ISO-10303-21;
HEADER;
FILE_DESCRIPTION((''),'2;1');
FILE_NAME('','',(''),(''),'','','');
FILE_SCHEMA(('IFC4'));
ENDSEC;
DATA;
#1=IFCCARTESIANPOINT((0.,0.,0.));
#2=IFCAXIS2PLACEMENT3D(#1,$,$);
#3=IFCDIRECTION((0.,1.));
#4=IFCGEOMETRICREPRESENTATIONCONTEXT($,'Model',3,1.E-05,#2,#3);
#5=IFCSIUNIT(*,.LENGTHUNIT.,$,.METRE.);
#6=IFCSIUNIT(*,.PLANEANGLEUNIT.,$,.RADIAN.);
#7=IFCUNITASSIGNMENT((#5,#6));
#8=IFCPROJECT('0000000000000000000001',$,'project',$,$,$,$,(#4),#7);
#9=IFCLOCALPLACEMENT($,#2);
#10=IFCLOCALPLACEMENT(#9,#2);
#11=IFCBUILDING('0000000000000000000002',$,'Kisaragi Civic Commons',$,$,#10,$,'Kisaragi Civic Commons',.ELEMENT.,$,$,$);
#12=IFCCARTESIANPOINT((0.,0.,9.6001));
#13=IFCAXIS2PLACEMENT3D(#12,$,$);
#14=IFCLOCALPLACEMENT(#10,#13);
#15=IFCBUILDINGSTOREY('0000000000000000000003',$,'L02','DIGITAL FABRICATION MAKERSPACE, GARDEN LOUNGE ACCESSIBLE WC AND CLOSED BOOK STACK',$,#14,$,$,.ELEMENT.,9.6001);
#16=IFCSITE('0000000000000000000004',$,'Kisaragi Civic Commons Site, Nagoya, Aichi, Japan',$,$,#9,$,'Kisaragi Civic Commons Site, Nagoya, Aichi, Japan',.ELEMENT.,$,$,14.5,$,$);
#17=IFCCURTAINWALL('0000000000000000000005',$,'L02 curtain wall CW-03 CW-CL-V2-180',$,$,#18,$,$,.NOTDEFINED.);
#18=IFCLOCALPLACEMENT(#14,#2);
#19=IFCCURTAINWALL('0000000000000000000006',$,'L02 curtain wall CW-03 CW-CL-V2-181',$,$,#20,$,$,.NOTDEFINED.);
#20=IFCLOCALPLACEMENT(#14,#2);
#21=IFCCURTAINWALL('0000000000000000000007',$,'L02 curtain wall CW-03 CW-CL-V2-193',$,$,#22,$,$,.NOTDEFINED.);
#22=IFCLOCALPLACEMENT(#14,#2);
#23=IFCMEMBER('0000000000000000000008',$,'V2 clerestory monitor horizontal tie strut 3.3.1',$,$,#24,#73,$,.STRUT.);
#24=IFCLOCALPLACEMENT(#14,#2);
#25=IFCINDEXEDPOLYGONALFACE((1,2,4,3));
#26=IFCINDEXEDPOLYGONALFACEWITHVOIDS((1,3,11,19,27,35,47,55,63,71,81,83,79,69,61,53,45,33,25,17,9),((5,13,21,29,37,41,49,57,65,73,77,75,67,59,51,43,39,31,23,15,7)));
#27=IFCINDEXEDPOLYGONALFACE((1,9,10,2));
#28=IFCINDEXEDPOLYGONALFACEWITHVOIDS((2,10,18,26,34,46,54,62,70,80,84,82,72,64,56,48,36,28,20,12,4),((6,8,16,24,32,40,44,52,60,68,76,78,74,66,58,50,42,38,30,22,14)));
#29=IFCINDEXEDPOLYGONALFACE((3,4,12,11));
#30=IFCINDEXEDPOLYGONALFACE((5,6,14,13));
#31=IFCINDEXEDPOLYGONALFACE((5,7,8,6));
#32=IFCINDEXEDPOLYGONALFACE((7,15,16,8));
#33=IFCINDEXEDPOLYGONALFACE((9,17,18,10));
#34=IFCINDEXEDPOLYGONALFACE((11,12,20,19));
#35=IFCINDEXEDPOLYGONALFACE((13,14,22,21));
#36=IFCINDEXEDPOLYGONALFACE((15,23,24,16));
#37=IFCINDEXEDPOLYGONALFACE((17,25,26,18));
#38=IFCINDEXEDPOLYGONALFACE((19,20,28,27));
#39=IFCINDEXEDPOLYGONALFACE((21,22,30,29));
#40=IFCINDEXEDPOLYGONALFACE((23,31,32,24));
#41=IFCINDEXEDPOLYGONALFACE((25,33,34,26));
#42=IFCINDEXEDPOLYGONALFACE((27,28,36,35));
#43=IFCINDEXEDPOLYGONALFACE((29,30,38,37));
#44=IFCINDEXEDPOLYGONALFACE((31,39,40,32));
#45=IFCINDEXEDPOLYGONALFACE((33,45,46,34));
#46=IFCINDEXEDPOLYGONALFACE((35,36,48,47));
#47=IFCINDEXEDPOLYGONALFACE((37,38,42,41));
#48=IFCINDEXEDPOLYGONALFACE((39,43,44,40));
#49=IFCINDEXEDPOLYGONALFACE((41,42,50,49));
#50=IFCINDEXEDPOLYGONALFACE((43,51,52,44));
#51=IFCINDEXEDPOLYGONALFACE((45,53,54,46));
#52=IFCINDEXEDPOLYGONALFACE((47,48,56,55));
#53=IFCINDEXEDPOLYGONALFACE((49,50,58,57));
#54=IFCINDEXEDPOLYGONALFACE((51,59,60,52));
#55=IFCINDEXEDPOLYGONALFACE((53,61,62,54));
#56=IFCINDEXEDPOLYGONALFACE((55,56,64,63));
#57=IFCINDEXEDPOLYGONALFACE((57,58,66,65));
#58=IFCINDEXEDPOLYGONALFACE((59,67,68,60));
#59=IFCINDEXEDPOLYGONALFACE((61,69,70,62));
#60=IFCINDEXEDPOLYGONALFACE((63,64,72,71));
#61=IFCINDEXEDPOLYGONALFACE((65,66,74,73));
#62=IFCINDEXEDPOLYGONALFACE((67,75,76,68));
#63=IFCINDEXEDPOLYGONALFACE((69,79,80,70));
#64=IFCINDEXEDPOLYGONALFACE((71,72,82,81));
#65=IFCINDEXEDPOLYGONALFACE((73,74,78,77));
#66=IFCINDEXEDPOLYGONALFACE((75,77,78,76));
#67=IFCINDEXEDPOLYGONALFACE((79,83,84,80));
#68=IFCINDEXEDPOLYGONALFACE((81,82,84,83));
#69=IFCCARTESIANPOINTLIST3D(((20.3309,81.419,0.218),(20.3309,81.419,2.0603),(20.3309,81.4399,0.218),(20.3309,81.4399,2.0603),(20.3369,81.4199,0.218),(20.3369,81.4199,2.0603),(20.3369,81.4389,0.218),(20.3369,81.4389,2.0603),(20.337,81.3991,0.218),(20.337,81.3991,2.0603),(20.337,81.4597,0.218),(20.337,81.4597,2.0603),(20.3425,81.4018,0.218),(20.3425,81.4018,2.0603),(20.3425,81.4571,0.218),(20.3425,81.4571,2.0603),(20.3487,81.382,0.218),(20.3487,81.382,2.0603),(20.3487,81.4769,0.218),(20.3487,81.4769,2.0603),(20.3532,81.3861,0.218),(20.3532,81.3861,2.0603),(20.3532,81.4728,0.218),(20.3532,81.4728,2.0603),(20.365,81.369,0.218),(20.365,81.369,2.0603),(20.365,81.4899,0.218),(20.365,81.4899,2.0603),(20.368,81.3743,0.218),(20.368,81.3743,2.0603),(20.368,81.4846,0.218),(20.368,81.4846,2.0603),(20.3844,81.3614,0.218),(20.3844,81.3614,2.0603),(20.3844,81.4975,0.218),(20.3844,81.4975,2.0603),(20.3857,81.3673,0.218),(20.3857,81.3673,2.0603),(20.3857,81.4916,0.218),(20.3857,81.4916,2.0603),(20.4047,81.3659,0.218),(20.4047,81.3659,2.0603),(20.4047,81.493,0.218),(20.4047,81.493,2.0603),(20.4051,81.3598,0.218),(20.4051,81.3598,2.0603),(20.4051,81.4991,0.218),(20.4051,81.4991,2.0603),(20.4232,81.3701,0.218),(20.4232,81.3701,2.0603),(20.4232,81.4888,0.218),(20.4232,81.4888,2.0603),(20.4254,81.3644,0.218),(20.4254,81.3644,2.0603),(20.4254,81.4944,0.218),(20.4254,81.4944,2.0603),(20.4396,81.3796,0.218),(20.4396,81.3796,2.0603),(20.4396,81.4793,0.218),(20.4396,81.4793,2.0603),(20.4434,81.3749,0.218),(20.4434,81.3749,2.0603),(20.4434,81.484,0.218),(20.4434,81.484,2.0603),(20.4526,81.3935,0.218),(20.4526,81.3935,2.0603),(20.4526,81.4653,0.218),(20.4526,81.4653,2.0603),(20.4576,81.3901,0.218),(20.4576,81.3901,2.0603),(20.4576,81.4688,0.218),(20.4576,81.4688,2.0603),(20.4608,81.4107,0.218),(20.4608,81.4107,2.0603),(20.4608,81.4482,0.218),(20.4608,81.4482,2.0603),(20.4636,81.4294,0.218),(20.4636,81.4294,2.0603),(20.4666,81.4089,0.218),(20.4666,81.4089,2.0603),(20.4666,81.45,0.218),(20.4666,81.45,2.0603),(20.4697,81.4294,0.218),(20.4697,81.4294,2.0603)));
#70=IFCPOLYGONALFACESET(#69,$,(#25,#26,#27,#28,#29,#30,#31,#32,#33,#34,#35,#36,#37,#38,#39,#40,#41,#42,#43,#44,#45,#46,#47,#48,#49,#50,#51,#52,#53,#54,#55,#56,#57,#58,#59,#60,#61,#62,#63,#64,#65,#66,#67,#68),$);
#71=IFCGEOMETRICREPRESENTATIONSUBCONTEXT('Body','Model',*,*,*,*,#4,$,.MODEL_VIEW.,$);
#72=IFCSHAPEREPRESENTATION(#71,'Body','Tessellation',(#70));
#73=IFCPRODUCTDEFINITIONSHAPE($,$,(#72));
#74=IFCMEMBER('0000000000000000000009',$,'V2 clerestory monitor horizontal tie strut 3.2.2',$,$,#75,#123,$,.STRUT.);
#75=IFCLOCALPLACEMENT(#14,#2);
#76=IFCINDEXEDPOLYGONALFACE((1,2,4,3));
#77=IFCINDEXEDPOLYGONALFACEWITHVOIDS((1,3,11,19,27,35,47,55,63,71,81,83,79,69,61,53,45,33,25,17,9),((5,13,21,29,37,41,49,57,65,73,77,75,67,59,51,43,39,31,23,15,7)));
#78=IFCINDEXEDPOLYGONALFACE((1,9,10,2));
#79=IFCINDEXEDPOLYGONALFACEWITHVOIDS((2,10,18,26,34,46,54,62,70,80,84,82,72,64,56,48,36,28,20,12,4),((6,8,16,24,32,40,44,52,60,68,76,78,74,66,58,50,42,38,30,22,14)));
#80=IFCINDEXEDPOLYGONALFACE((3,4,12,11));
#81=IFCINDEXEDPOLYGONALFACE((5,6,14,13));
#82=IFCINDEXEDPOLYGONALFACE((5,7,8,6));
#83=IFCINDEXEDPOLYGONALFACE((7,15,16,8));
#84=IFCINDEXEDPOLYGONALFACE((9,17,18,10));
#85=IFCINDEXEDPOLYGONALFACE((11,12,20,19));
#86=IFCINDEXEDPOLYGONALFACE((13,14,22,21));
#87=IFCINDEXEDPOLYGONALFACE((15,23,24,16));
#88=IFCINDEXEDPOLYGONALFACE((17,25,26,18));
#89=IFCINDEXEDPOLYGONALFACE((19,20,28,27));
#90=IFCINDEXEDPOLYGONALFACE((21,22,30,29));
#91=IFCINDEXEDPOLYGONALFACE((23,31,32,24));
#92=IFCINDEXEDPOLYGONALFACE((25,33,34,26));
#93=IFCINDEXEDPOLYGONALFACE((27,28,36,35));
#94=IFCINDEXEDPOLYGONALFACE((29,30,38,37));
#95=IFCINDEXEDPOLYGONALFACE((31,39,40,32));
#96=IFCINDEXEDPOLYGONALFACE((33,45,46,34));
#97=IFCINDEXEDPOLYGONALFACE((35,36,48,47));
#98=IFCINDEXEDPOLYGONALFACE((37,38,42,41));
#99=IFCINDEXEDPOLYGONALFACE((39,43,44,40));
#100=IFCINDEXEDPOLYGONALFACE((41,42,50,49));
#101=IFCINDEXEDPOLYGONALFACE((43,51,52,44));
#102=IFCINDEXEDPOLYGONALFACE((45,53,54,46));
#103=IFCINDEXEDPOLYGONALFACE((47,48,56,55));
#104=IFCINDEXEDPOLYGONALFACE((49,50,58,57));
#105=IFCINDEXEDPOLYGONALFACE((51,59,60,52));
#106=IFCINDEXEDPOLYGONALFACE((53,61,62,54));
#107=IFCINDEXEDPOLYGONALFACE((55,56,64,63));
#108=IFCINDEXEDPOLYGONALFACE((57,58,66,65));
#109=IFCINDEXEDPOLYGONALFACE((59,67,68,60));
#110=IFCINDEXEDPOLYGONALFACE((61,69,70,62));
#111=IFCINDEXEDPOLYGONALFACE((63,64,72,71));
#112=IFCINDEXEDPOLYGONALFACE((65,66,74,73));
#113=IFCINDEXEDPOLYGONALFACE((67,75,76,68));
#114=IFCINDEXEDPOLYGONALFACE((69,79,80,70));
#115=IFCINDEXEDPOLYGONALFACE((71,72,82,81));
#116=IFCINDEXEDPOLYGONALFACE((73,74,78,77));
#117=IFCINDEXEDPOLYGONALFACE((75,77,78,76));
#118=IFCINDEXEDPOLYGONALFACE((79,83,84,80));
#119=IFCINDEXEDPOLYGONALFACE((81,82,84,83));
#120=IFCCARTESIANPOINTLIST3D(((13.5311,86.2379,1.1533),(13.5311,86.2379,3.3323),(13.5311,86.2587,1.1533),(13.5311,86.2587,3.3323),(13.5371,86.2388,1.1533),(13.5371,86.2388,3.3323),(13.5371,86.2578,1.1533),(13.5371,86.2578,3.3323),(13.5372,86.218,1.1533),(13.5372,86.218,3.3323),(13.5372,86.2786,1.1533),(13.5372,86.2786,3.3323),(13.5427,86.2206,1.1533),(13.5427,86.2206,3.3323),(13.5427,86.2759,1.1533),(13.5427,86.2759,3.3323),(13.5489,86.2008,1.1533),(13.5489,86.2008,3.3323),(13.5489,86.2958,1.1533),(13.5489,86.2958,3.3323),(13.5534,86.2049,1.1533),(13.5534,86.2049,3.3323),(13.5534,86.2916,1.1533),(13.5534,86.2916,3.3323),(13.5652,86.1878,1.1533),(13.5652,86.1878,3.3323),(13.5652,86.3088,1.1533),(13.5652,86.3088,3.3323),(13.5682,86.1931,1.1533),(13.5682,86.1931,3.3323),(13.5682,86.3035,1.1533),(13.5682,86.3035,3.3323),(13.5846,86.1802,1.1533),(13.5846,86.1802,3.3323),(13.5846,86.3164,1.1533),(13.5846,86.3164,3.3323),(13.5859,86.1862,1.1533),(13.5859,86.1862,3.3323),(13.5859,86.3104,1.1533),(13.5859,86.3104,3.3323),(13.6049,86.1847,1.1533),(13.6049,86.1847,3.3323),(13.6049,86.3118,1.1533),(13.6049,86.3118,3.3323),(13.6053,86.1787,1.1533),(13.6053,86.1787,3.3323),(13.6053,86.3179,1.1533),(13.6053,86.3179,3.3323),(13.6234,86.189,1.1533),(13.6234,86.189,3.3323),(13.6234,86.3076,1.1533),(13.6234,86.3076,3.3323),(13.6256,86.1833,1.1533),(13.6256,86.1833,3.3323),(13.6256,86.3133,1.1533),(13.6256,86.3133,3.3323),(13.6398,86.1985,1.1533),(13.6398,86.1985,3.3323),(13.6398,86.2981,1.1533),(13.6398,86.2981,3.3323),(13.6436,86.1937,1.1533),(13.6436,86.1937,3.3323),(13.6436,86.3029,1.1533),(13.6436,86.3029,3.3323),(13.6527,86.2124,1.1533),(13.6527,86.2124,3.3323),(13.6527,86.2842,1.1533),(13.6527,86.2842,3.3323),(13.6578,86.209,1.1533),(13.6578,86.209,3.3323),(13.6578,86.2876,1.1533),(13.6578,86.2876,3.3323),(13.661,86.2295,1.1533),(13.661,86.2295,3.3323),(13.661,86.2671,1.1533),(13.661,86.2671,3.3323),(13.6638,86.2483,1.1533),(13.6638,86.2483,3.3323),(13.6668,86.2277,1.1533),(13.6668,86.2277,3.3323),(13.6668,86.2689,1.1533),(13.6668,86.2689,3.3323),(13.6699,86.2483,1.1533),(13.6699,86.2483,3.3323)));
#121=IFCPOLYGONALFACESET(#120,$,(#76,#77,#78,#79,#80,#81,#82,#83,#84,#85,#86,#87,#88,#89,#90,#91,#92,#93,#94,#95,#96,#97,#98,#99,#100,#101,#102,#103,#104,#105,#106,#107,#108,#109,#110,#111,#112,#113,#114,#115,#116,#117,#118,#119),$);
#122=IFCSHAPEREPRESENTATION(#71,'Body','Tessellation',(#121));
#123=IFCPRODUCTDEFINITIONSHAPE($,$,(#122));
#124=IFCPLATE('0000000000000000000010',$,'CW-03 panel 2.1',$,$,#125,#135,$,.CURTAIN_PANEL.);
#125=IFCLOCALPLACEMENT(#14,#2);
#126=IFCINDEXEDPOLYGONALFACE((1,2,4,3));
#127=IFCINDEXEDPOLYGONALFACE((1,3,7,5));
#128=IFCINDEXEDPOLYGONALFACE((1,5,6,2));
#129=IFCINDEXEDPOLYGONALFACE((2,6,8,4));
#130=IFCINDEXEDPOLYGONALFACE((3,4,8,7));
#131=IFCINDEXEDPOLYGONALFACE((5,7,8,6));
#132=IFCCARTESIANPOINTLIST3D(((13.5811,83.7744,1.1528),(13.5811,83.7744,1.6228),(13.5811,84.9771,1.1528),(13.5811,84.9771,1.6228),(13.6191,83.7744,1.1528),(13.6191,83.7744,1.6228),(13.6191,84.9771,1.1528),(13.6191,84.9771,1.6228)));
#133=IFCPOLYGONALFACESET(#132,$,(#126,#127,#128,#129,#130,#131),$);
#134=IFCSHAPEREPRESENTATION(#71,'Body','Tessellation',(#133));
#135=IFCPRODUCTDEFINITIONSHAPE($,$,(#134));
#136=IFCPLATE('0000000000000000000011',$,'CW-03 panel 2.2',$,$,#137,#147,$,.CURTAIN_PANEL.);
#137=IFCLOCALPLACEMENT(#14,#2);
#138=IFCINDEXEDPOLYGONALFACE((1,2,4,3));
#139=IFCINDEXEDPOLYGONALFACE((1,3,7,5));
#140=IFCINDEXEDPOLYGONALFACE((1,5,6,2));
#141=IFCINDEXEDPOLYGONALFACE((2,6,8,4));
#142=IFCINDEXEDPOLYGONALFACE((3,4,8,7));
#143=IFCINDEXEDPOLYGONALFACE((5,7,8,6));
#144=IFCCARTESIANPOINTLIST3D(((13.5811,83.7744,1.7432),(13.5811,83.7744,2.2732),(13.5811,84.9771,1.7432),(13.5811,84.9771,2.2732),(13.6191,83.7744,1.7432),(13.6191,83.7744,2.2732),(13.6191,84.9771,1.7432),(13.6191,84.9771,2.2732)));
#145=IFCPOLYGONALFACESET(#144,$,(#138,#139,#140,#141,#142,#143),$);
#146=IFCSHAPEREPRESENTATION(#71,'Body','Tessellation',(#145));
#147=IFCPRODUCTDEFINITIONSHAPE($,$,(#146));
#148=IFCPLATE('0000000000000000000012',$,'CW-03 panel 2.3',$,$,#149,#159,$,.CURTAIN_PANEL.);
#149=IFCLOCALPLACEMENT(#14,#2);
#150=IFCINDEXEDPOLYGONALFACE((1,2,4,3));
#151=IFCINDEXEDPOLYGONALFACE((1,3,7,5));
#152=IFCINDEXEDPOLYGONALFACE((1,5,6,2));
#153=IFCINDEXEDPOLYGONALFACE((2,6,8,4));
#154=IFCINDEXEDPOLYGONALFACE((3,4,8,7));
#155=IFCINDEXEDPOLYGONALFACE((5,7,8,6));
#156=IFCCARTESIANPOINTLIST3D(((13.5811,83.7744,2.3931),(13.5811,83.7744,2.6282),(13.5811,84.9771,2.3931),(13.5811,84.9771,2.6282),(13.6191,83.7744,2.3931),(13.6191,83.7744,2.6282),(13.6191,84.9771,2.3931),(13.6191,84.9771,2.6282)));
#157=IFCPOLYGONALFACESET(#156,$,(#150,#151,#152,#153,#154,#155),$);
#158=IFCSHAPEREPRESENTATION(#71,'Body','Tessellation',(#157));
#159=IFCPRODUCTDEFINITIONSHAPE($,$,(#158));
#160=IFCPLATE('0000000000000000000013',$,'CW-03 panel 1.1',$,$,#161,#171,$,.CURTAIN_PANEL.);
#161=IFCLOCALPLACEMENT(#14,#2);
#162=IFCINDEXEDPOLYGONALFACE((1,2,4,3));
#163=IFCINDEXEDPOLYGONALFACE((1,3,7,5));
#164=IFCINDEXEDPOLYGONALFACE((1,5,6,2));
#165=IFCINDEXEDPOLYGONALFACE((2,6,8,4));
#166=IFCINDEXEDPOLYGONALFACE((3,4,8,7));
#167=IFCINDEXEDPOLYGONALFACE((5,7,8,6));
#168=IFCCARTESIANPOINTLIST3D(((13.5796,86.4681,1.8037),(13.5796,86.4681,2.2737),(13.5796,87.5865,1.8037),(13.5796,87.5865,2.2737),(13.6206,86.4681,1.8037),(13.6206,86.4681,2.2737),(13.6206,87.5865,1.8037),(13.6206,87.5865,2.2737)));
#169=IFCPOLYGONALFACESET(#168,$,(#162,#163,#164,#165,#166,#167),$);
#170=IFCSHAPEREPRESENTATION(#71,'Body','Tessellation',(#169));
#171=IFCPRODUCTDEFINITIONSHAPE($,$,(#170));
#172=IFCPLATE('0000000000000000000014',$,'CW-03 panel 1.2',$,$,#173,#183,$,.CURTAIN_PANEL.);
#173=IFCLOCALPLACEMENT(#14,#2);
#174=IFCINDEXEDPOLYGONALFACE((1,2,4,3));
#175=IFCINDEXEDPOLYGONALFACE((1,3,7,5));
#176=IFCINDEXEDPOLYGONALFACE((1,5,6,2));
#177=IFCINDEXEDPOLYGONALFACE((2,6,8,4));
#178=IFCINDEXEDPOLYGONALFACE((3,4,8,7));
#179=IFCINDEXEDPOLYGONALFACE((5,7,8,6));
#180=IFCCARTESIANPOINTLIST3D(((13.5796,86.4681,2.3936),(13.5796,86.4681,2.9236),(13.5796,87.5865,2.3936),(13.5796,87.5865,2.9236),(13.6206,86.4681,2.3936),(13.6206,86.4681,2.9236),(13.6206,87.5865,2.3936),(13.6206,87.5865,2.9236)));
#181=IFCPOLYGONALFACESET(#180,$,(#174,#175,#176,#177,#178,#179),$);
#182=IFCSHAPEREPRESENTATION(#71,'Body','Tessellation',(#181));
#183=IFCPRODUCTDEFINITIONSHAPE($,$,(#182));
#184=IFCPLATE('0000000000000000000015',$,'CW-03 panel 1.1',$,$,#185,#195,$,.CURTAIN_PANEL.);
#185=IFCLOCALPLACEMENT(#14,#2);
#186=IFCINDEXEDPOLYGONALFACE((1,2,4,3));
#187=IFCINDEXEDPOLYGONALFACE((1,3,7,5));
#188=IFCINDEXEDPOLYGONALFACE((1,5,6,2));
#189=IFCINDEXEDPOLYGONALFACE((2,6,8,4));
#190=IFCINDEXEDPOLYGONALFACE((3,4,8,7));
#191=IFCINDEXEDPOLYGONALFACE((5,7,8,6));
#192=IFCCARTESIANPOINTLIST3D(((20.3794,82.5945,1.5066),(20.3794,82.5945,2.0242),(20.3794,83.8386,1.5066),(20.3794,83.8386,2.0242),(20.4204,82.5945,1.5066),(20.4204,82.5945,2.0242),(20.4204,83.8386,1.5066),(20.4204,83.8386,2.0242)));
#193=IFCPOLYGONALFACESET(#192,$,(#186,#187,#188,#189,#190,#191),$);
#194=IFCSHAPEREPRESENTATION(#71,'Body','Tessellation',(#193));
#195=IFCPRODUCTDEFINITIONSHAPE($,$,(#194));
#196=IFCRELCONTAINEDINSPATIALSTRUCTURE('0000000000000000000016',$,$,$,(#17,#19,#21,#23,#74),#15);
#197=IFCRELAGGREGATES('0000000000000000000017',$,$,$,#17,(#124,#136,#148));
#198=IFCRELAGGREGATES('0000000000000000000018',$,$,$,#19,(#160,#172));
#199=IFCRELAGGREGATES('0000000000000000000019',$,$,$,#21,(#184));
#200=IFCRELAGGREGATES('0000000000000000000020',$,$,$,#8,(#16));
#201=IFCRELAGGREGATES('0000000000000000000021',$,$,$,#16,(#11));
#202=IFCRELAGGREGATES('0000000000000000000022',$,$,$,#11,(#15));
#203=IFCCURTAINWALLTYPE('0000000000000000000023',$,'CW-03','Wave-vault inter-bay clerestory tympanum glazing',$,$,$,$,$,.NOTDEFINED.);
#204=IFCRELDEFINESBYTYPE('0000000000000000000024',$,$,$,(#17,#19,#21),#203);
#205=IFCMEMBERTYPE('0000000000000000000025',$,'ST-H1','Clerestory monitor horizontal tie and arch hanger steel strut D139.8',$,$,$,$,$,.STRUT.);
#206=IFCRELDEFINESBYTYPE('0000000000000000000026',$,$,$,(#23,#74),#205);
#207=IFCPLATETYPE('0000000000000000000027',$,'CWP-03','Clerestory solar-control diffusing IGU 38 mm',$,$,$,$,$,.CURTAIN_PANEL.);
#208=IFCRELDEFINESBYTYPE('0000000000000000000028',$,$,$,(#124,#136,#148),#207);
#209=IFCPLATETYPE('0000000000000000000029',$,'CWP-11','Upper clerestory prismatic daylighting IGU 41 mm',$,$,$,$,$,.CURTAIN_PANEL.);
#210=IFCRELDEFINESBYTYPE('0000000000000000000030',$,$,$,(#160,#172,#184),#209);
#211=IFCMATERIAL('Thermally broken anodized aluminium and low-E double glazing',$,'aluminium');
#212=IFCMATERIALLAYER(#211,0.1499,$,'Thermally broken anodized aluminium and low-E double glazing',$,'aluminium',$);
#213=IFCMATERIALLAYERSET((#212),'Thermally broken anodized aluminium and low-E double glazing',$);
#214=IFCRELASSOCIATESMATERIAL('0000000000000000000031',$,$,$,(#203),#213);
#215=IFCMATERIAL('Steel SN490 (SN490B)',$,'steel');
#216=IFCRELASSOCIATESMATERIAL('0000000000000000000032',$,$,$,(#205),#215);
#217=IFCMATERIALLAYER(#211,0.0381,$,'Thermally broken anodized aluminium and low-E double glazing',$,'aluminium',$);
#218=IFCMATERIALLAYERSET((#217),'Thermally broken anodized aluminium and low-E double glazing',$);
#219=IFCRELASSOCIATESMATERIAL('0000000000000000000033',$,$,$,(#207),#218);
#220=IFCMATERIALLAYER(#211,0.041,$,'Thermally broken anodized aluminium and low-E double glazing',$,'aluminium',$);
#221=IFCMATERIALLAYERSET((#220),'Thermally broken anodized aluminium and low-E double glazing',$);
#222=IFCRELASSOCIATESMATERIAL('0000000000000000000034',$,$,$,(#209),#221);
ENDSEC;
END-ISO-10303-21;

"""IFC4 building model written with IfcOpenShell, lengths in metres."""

from ifc_helpers import new_model, si_unit, direction, frame, origin, origin_2d, place, context, subcontext, project, spatial, rectangle, hollow_circle, extrude, material, layer, layer_set, material_profile, profile_set, type_object, element, aggregate, save


model = new_model("IFC4")

# Units and contexts
model_context = context("Model", 3, precision=1e-05, world=origin(), true_north=direction((0.0, 1.0)))
body_context = subcontext(model_context, "Body", "Model", "MODEL_VIEW")
ifc_project = project(units=[si_unit("LENGTHUNIT", "METRE"), si_unit("PLANEANGLEUNIT", "RADIAN")], contexts=[model_context])

# Site, building, storey
site_placement = place(None, origin())
site = spatial("IfcSite", under=ifc_project, at=site_placement, Name="Kisaragi Civic Commons Site, Nagoya, Aichi, Japan", LongName="Kisaragi Civic Commons Site, Nagoya, Aichi, Japan", CompositionType="ELEMENT", RefElevation=14.5)
building_placement = place(site_placement, origin())
building = spatial("IfcBuilding", under=site, at=building_placement, Name="Kisaragi Civic Commons", LongName="Kisaragi Civic Commons", CompositionType="ELEMENT")
storey_placement = place(building_placement, frame((0.0, 0.0, 9.6001)))
storey = spatial("IfcBuildingStorey", under=building, at=storey_placement, Name="L02", Description="DIGITAL FABRICATION MAKERSPACE, GARDEN LOUNGE ACCESSIBLE WC AND CLOSED BOOK STACK", CompositionType="ELEMENT", Elevation=9.6001)

# Curtain walls
ifc_material_1 = material(Name="Thermally broken anodized aluminium and low-E double glazing", Category="aluminium")
ifc_layer_1 = layer(ifc_material_1, 0.1499, Name="Thermally broken anodized aluminium and low-E double glazing", Category="aluminium")
ifc_layer_set_1 = layer_set([ifc_layer_1], Name="Thermally broken anodized aluminium and low-E double glazing")
curtain_wall_type = type_object("IfcCurtainWallType", Name="CW-03", Description="Wave-vault inter-bay clerestory tympanum glazing", PredefinedType="NOTDEFINED", material=ifc_layer_set_1)
curtain_wall_1_placement = place(storey_placement, origin())
curtain_wall_1 = element("IfcCurtainWall", 1, at=curtain_wall_1_placement, inside=storey, type_object=curtain_wall_type, Name="L02 curtain wall CW-03 CW-CL-V2-180", PredefinedType="NOTDEFINED")
curtain_wall_2_placement = place(storey_placement, origin())
curtain_wall_2 = element("IfcCurtainWall", 2, at=curtain_wall_2_placement, inside=storey, type_object=curtain_wall_type, Name="L02 curtain wall CW-03 CW-CL-V2-181", PredefinedType="NOTDEFINED")
curtain_wall_3_placement = place(storey_placement, origin())
curtain_wall_3 = element("IfcCurtainWall", 3, at=curtain_wall_3_placement, inside=storey, type_object=curtain_wall_type, Name="L02 curtain wall CW-03 CW-CL-V2-193", PredefinedType="NOTDEFINED")

# Members
ifc_material_2 = material(Name="Steel SN490 (SN490B)", Category="steel")
ifc_material_profile_1 = material_profile(ifc_material_2, hollow_circle(Radius=0.0698, WallThickness=0.0061, at=origin_2d()), Name="CHS-139.8x6.0", Category="steel")
ifc_profile_set_1 = profile_set([ifc_material_profile_1], Name="Steel SN490 (SN490B)")
member_type_1 = type_object("IfcMemberType", Name="ST-H1", Description="Clerestory monitor horizontal tie and arch hanger steel strut D139.8", PredefinedType="STRUT", material=ifc_profile_set_1)
member_1_placement = place(storey_placement, frame((20.3999, 81.4294, 0.218), z_axis=(0.0, 0.0, 1.0), x_axis=(1.0, 0.0, 0.0)))
element("IfcMember", 4, at=member_1_placement, inside=storey, type_object=member_type_1, Name="V2 clerestory monitor horizontal tie strut 3.3.1", PredefinedType="STRUT", context=body_context, shape_type="SweptSolid", body=[
    extrude(hollow_circle(Radius=0.0698, WallThickness=0.0061, at=origin_2d()), origin(), (0.0, 0.0, 1.0), 1.8423),
])
member_2_placement = place(storey_placement, frame((13.6001, 86.2483, 1.1533), z_axis=(0.0, 0.0, 1.0), x_axis=(1.0, 0.0, 0.0)))
element("IfcMember", 5, at=member_2_placement, inside=storey, type_object=member_type_1, Name="V2 clerestory monitor horizontal tie strut 3.2.2", PredefinedType="STRUT", context=body_context, shape_type="SweptSolid", body=[
    extrude(hollow_circle(Radius=0.0698, WallThickness=0.0061, at=origin_2d()), origin(), (0.0, 0.0, 1.0), 2.179),
])

# Plates
ifc_layer_2 = layer(ifc_material_1, 0.0381, Name="Thermally broken anodized aluminium and low-E double glazing", Category="aluminium")
ifc_layer_set_2 = layer_set([ifc_layer_2], Name="Thermally broken anodized aluminium and low-E double glazing")
plate_type_1 = type_object("IfcPlateType", Name="CWP-03", Description="Clerestory solar-control diffusing IGU 38 mm", PredefinedType="CURTAIN_PANEL", material=ifc_layer_set_2)
plate_1_placement = place(storey_placement, frame((13.6001, 84.3757, 1.1528), z_axis=(0.0, 0.0, 1.0), x_axis=(0.0, 1.0, 0.0)))
plate_1 = element("IfcPlate", 6, at=plate_1_placement, type_object=plate_type_1, Name="CW-03 panel 2.1", PredefinedType="CURTAIN_PANEL", context=body_context, shape_type="SweptSolid", body=[
    extrude(rectangle(XDim=1.2026, YDim=0.0381, at=origin_2d()), origin(), (0.0, 0.0, 1.0), 0.47),
])
plate_2_placement = place(storey_placement, frame((13.6001, 84.3757, 1.7432), z_axis=(0.0, 0.0, 1.0), x_axis=(0.0, 1.0, 0.0)))
plate_2 = element("IfcPlate", 7, at=plate_2_placement, type_object=plate_type_1, Name="CW-03 panel 2.2", PredefinedType="CURTAIN_PANEL", context=body_context, shape_type="SweptSolid", body=[
    extrude(rectangle(XDim=1.2026, YDim=0.0381, at=origin_2d()), origin(), (0.0, 0.0, 1.0), 0.53),
])
plate_3_placement = place(storey_placement, frame((13.6001, 84.3757, 2.3931), z_axis=(0.0, 0.0, 1.0), x_axis=(0.0, 1.0, 0.0)))
plate_3 = element("IfcPlate", 8, at=plate_3_placement, type_object=plate_type_1, Name="CW-03 panel 2.3", PredefinedType="CURTAIN_PANEL", context=body_context, shape_type="SweptSolid", body=[
    extrude(rectangle(XDim=1.2026, YDim=0.0381, at=origin_2d()), origin(), (0.0, 0.0, 1.0), 0.2351),
])
aggregate(curtain_wall_1, [plate_1, plate_2, plate_3])
ifc_layer_3 = layer(ifc_material_1, 0.041, Name="Thermally broken anodized aluminium and low-E double glazing", Category="aluminium")
ifc_layer_set_3 = layer_set([ifc_layer_3], Name="Thermally broken anodized aluminium and low-E double glazing")
plate_type_2 = type_object("IfcPlateType", Name="CWP-11", Description="Upper clerestory prismatic daylighting IGU 41 mm", PredefinedType="CURTAIN_PANEL", material=ifc_layer_set_3)
plate_4_placement = place(storey_placement, frame((13.6001, 87.0273, 1.8037), z_axis=(0.0, 0.0, 1.0), x_axis=(0.0, 1.0, 0.0)))
plate_4 = element("IfcPlate", 9, at=plate_4_placement, type_object=plate_type_2, Name="CW-03 panel 1.1", PredefinedType="CURTAIN_PANEL", context=body_context, shape_type="SweptSolid", body=[
    extrude(rectangle(XDim=1.1184, YDim=0.041, at=origin_2d()), origin(), (0.0, 0.0, 1.0), 0.47),
])
plate_5_placement = place(storey_placement, frame((13.6001, 87.0273, 2.3936), z_axis=(0.0, 0.0, 1.0), x_axis=(0.0, 1.0, 0.0)))
plate_5 = element("IfcPlate", 10, at=plate_5_placement, type_object=plate_type_2, Name="CW-03 panel 1.2", PredefinedType="CURTAIN_PANEL", context=body_context, shape_type="SweptSolid", body=[
    extrude(rectangle(XDim=1.1184, YDim=0.041, at=origin_2d()), origin(), (0.0, 0.0, 1.0), 0.53),
])
aggregate(curtain_wall_2, [plate_4, plate_5])
plate_6_placement = place(storey_placement, frame((20.3999, 83.2166, 1.5066), z_axis=(0.0, 0.0, 1.0), x_axis=(0.0, 1.0, 0.0)))
plate_6 = element("IfcPlate", 11, at=plate_6_placement, type_object=plate_type_2, Name="CW-03 panel 1.1", PredefinedType="CURTAIN_PANEL", context=body_context, shape_type="SweptSolid", body=[
    extrude(rectangle(XDim=1.2441, YDim=0.041, at=origin_2d()), origin(), (0.0, 0.0, 1.0), 0.5176),
])
aggregate(curtain_wall_3, [plate_6])

save(model, "model.ifc")
